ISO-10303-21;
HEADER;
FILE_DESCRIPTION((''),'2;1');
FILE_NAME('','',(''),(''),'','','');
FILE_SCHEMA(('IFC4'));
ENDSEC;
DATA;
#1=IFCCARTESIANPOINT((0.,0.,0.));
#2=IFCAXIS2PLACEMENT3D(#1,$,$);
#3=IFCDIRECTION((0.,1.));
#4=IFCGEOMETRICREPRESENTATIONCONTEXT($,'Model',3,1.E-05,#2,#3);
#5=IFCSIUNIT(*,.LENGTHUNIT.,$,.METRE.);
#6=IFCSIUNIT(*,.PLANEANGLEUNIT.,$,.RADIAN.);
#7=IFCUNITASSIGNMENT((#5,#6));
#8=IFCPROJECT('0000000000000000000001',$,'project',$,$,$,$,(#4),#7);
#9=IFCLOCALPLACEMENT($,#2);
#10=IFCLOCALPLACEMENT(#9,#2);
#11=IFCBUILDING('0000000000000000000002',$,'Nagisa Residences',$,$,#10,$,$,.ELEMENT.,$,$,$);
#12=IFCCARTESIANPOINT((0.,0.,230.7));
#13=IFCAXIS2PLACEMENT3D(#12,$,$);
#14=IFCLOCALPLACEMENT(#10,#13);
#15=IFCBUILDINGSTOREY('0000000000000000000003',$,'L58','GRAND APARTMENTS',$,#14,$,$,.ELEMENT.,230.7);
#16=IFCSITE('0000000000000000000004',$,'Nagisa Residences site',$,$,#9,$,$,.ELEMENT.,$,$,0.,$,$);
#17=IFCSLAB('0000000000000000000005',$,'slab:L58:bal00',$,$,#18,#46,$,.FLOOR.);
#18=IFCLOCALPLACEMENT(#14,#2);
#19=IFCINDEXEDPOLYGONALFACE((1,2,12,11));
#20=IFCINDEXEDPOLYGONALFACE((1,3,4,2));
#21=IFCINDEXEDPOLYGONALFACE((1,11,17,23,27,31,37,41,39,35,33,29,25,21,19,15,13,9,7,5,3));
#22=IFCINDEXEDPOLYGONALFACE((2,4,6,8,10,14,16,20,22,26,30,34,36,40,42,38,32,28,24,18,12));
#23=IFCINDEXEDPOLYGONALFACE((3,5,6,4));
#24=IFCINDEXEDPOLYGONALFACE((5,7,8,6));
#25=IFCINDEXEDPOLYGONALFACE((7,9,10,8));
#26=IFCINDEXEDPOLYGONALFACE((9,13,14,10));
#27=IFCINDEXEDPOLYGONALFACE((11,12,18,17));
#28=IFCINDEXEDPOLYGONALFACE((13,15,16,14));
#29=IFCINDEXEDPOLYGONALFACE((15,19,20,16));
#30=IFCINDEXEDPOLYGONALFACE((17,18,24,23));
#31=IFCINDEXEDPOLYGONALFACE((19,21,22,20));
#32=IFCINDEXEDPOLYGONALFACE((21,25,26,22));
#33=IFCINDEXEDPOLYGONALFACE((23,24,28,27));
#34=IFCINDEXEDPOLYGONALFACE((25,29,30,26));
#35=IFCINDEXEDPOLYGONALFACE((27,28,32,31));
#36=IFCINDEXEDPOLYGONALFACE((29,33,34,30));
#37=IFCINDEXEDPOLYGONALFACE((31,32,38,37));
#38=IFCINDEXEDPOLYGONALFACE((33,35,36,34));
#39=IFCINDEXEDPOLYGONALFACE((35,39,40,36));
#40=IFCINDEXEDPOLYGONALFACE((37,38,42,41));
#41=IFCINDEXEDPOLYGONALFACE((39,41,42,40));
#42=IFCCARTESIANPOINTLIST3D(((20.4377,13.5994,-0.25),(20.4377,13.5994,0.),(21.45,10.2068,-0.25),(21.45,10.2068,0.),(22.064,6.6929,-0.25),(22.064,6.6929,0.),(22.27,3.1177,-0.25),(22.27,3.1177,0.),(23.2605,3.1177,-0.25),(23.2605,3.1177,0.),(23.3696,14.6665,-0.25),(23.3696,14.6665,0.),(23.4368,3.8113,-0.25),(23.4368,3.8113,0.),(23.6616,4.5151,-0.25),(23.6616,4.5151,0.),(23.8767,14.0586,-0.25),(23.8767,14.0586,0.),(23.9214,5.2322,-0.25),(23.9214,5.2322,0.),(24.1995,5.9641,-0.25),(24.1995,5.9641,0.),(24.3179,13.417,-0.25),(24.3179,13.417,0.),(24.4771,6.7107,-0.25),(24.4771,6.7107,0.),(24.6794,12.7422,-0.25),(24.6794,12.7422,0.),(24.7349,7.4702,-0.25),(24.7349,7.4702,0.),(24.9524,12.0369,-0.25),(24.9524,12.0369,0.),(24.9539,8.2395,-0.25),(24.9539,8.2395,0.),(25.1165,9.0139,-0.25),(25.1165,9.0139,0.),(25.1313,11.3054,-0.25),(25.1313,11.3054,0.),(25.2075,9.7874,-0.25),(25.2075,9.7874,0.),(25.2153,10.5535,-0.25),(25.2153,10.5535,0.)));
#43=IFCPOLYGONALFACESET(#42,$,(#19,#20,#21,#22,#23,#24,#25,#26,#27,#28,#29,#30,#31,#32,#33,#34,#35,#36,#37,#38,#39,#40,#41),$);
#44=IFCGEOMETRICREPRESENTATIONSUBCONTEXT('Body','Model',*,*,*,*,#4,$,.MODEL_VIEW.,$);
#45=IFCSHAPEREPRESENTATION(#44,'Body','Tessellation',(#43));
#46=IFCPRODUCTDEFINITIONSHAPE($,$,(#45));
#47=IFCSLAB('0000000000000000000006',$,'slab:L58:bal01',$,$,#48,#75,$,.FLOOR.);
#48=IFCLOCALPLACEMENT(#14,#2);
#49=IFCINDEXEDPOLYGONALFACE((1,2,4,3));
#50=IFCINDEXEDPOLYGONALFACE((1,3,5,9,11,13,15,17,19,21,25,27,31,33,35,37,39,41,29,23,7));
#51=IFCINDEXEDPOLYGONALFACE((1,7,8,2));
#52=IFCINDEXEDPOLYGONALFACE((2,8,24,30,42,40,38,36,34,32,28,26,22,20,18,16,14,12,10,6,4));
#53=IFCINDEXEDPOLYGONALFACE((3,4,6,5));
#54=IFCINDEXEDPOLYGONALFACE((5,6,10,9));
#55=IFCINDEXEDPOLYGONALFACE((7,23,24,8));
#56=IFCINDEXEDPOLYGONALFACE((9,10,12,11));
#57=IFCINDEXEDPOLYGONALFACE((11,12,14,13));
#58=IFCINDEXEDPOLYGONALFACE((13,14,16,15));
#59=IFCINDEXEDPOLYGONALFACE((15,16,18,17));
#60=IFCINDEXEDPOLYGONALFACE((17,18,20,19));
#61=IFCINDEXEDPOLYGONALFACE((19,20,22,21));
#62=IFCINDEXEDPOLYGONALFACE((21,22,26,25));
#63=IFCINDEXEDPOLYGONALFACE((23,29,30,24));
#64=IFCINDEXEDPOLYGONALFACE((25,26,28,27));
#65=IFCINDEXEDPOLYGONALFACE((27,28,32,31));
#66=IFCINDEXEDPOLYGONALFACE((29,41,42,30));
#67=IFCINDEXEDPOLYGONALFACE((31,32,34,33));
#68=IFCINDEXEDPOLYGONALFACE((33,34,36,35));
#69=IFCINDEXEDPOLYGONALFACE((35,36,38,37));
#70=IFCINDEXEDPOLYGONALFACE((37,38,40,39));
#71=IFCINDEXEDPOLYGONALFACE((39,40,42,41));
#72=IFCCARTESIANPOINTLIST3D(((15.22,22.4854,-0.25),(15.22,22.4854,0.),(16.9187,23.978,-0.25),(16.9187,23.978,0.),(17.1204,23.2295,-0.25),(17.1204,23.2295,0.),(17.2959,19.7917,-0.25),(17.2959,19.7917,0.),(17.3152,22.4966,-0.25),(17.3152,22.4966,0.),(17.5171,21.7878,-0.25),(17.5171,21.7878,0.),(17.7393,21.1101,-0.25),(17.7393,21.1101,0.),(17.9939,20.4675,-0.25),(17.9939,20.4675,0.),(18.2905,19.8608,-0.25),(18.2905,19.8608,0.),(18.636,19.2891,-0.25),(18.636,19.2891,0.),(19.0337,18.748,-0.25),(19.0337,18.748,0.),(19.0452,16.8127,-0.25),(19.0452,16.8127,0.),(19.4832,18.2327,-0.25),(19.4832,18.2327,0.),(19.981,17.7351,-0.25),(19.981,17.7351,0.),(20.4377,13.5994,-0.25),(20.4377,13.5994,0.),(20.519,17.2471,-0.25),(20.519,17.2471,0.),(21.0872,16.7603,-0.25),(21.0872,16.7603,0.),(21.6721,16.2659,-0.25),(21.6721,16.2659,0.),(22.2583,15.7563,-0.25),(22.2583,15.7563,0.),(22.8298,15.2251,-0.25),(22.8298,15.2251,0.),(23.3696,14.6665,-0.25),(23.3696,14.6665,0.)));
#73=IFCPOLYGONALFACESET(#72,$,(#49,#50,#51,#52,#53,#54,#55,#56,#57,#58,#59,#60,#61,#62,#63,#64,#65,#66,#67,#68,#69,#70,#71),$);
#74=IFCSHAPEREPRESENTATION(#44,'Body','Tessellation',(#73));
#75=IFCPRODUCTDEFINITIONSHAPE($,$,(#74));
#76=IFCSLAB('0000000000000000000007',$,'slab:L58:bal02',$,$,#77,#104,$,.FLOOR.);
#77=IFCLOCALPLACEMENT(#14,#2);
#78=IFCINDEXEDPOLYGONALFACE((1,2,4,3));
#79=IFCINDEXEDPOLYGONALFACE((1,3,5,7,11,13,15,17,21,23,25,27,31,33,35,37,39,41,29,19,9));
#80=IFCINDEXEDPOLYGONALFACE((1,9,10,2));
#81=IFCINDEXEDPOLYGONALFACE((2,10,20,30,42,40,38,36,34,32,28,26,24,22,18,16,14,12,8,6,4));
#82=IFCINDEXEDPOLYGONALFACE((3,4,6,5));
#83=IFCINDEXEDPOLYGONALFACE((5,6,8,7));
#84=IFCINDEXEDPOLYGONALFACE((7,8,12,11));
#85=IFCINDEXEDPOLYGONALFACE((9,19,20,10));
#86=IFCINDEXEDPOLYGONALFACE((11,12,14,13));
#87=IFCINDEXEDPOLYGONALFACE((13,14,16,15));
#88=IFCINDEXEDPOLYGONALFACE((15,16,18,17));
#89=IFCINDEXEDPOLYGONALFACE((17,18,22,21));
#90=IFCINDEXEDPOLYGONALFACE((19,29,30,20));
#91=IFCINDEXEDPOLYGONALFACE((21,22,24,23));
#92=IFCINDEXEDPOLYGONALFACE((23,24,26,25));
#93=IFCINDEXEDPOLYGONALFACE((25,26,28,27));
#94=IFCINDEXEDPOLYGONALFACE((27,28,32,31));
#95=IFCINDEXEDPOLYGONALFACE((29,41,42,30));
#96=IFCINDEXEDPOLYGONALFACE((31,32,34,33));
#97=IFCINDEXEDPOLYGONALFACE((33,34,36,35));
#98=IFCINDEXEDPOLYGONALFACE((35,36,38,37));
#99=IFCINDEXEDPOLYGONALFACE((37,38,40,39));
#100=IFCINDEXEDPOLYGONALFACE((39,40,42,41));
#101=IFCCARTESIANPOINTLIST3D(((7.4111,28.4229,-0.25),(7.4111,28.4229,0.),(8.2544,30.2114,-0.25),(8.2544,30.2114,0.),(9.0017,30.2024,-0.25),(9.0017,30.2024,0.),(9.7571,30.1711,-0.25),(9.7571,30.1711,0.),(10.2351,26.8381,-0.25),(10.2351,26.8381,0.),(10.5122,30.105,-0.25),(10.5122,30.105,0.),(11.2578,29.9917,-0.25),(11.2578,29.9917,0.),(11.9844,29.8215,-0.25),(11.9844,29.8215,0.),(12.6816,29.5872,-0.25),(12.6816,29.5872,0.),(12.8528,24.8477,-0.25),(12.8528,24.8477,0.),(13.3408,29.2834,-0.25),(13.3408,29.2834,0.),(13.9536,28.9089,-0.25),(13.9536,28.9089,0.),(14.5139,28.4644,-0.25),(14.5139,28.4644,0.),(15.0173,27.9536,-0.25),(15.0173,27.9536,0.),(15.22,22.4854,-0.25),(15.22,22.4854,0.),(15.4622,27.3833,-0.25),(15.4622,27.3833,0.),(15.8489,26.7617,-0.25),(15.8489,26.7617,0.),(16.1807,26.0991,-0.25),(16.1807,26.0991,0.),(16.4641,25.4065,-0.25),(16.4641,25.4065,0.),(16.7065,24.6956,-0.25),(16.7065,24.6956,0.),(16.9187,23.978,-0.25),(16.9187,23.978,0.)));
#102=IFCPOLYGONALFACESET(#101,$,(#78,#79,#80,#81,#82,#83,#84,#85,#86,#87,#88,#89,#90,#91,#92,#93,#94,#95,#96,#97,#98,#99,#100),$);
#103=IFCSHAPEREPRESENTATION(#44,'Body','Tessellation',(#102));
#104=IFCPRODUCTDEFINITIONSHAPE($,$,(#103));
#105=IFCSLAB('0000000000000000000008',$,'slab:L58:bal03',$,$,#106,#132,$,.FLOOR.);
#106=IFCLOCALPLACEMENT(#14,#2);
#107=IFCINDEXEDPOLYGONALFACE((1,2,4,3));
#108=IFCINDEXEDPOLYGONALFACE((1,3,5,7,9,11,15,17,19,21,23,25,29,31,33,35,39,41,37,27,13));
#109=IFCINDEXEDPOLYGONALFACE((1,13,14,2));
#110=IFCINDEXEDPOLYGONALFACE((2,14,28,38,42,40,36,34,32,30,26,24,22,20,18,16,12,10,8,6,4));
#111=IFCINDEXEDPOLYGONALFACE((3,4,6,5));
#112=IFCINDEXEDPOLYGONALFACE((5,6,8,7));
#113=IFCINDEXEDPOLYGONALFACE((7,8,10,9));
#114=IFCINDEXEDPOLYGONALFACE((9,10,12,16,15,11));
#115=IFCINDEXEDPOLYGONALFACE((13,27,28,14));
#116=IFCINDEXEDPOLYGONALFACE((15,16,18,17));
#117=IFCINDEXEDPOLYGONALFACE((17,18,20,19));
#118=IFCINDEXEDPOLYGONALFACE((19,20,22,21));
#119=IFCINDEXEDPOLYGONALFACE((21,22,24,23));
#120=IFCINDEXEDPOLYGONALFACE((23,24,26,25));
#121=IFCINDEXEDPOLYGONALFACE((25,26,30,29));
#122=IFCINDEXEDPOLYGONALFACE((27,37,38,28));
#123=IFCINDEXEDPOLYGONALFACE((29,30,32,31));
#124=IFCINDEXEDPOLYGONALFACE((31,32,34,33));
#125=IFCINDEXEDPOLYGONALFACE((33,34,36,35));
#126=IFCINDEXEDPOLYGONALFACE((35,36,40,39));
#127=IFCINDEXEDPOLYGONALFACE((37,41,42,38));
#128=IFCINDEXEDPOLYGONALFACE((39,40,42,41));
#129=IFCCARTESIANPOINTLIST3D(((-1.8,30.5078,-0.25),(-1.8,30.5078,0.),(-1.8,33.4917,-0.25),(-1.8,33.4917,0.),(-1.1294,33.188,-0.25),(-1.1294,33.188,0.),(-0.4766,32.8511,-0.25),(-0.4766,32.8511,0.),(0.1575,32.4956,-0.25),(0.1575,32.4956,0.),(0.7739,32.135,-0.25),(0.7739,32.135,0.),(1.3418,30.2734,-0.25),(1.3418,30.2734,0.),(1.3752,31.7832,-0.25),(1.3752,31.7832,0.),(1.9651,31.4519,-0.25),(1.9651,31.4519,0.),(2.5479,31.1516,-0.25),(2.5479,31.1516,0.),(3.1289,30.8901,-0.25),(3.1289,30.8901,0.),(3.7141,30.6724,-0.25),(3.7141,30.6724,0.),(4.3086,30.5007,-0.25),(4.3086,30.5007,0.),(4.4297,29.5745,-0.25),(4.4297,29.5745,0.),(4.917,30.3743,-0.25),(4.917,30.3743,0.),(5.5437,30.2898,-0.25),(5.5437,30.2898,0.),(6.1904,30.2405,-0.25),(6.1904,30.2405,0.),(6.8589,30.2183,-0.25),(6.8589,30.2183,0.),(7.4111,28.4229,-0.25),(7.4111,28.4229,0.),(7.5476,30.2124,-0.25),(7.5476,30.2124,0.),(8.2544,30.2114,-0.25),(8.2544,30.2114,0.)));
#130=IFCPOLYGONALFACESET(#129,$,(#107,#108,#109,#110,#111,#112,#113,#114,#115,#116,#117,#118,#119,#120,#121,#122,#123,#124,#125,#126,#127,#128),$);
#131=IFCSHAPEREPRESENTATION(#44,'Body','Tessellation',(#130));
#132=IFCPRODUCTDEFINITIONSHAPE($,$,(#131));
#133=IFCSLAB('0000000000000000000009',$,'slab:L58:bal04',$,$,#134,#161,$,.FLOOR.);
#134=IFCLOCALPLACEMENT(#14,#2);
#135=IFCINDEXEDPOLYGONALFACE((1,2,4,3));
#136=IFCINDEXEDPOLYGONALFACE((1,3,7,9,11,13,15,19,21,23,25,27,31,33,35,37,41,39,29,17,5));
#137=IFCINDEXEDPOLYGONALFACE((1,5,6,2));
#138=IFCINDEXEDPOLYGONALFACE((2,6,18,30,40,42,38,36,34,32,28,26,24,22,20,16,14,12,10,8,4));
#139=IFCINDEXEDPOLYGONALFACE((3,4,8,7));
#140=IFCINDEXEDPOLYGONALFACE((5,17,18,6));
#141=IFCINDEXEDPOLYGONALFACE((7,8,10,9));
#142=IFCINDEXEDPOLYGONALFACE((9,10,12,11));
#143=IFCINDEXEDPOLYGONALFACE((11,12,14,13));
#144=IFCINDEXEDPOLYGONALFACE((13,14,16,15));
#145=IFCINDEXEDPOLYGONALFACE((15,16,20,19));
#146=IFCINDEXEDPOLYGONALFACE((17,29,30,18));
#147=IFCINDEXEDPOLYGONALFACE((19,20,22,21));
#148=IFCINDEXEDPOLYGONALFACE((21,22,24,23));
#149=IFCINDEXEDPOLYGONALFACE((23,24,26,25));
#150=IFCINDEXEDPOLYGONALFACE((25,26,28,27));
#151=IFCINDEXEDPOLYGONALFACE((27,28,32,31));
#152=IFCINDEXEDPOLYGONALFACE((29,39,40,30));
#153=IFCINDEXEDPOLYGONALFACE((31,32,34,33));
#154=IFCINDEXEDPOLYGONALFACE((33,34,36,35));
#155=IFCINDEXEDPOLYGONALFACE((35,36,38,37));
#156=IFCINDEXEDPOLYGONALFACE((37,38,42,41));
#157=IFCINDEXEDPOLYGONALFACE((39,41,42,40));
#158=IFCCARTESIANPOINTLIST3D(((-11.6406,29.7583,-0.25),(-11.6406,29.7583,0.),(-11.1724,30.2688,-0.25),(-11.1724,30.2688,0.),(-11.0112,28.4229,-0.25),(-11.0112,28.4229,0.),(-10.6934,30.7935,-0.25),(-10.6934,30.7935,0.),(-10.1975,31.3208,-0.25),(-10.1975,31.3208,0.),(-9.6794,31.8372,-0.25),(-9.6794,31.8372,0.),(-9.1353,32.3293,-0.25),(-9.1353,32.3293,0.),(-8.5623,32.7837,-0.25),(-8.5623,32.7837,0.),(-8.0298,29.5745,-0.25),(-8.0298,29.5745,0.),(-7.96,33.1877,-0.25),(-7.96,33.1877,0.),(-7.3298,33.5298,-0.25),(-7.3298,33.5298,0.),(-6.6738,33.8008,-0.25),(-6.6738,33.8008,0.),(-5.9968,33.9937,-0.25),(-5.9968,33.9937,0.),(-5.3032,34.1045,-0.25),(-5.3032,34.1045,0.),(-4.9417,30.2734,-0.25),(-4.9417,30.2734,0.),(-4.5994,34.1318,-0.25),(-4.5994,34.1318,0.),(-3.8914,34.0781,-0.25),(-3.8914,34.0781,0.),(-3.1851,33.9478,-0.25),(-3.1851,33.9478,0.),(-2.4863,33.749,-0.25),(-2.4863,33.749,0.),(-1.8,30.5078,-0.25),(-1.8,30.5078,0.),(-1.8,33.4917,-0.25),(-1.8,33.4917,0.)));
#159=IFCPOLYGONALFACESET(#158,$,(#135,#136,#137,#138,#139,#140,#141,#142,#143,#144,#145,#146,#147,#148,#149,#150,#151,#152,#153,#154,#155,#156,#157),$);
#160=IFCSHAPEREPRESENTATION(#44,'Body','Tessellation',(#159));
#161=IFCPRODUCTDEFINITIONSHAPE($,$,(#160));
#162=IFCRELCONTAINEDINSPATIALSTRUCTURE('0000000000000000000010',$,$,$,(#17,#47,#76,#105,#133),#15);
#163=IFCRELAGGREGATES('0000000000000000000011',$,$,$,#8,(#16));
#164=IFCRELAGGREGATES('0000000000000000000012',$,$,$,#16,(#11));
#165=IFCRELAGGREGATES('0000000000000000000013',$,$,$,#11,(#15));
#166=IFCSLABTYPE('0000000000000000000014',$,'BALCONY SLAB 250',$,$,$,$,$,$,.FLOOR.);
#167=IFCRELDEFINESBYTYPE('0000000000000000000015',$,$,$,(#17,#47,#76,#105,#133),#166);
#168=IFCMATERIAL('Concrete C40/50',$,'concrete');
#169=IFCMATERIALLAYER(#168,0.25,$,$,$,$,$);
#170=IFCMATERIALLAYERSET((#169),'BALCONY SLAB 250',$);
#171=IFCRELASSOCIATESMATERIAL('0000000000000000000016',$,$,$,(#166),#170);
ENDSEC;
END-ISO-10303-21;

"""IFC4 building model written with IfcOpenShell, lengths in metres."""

from ifc_helpers import new_model, si_unit, direction, frame, origin, place, context, subcontext, project, spatial, polyline, outline, extrude, material, layer, layer_set, type_object, element, save


model = new_model("IFC4")

# Units and contexts
model_context = context("Model", 3, precision=1e-05, world=origin(), true_north=direction((0.0, 1.0)))
body_context = subcontext(model_context, "Body", "Model", "MODEL_VIEW")
ifc_project = project(units=[si_unit("LENGTHUNIT", "METRE"), si_unit("PLANEANGLEUNIT", "RADIAN")], contexts=[model_context])

# Site, building, storey
site_placement = place(None, origin())
site = spatial("IfcSite", under=ifc_project, at=site_placement, Name="Nagisa Residences site", CompositionType="ELEMENT", RefElevation=0.0)
building_placement = place(site_placement, origin())
building = spatial("IfcBuilding", under=site, at=building_placement, Name="Nagisa Residences", CompositionType="ELEMENT")
storey_placement = place(building_placement, frame((0.0, 0.0, 230.7)))
storey = spatial("IfcBuildingStorey", under=building, at=storey_placement, Name="L58", Description="GRAND APARTMENTS", CompositionType="ELEMENT", Elevation=230.7)

# Slabs
ifc_material_1 = material(Name="Concrete C40/50", Category="concrete")
ifc_layer_1 = layer(ifc_material_1, 0.25)
ifc_layer_set_1 = layer_set([ifc_layer_1], Name="BALCONY SLAB 250")
slab_type_1 = type_object("IfcSlabType", Name="BALCONY SLAB 250", PredefinedType="FLOOR", material=ifc_layer_set_1)
slab_1_placement = place(storey_placement, frame((0.0, 0.0, -0.25)))
element("IfcSlab", 1, at=slab_1_placement, inside=storey, type_object=slab_type_1, Name="slab:L58:bal00", PredefinedType="FLOOR", context=body_context, shape_type="SweptSolid", body=[
    extrude(outline(polyline([(23.2605, 3.1177), (23.4368, 3.8113), (23.6616, 4.5151), (23.9214, 5.2322), (24.1995, 5.9641), (24.4771, 6.7107), (24.7349, 7.4702), (24.9539, 8.2395), (25.1165, 9.0139), (25.2075, 9.7874), (25.2153, 10.5535), (25.1313, 11.3054), (24.9524, 12.0369), (24.6794, 12.7422), (24.3179, 13.417), (23.8767, 14.0586), (23.3696, 14.6665), (20.4377, 13.5994), (21.45, 10.2068), (22.064, 6.6929), (22.27, 3.1177), (23.2605, 3.1177)])), origin(), (0.0, 0.0, 1.0), 0.25),
])
slab_2_placement = place(storey_placement, frame((0.0, 0.0, -0.25)))
element("IfcSlab", 2, at=slab_2_placement, inside=storey, type_object=slab_type_1, Name="slab:L58:bal01", PredefinedType="FLOOR", context=body_context, shape_type="SweptSolid", body=[
    extrude(outline(polyline([(23.3696, 14.6665), (22.8298, 15.2251), (22.2583, 15.7563), (21.6721, 16.2659), (21.0872, 16.7603), (20.519, 17.2471), (19.981, 17.7351), (19.4832, 18.2327), (19.0337, 18.748), (18.636, 19.2891), (18.2905, 19.8608), (17.9939, 20.4675), (17.7393, 21.1101), (17.5171, 21.7878), (17.3152, 22.4966), (17.1204, 23.2295), (16.9187, 23.978), (15.22, 22.4854), (17.2959, 19.7917), (19.0452, 16.8127), (20.4377, 13.5994), (23.3696, 14.6665)])), origin(), (0.0, 0.0, 1.0), 0.25),
])
slab_3_placement = place(storey_placement, frame((0.0, 0.0, -0.25)))
element("IfcSlab", 3, at=slab_3_placement, inside=storey, type_object=slab_type_1, Name="slab:L58:bal02", PredefinedType="FLOOR", context=body_context, shape_type="SweptSolid", body=[
    extrude(outline(polyline([(16.9187, 23.978), (16.7065, 24.6956), (16.4641, 25.4065), (16.1807, 26.0991), (15.8489, 26.7617), (15.4622, 27.3833), (15.0173, 27.9536), (14.5139, 28.4644), (13.9536, 28.9089), (13.3408, 29.2834), (12.6816, 29.5872), (11.9844, 29.8215), (11.2578, 29.9917), (10.5122, 30.105), (9.7571, 30.1711), (9.0017, 30.2024), (8.2544, 30.2114), (7.4111, 28.4229), (10.2351, 26.8381), (12.8528, 24.8477), (15.22, 22.4854), (16.9187, 23.978)])), origin(), (0.0, 0.0, 1.0), 0.25),
])
slab_4_placement = place(storey_placement, frame((0.0, 0.0, -0.25)))
element("IfcSlab", 4, at=slab_4_placement, inside=storey, type_object=slab_type_1, Name="slab:L58:bal03", PredefinedType="FLOOR", context=body_context, shape_type="SweptSolid", body=[
    extrude(outline(polyline([(8.2544, 30.2114), (7.5476, 30.2124), (6.8589, 30.2183), (6.1904, 30.2405), (5.5437, 30.2898), (4.917, 30.3743), (4.3086, 30.5007), (3.7141, 30.6724), (3.1289, 30.8901), (2.5479, 31.1516), (1.9651, 31.4519), (1.3752, 31.7832), (0.7739, 32.135), (0.1575, 32.4956), (-0.4766, 32.8511), (-1.1294, 33.188), (-1.8, 33.4917), (-1.8, 30.5078), (1.3418, 30.2734), (4.4297, 29.5745), (7.4111, 28.4229), (8.2544, 30.2114)])), origin(), (0.0, 0.0, 1.0), 0.25),
])
slab_5_placement = place(storey_placement, frame((0.0, 0.0, -0.25)))
element("IfcSlab", 5, at=slab_5_placement, inside=storey, type_object=slab_type_1, Name="slab:L58:bal04", PredefinedType="FLOOR", context=body_context, shape_type="SweptSolid", body=[
    extrude(outline(polyline([(-1.8, 33.4917), (-2.4863, 33.749), (-3.1851, 33.9478), (-3.8914, 34.0781), (-4.5994, 34.1318), (-5.3032, 34.1045), (-5.9968, 33.9937), (-6.6738, 33.8008), (-7.3298, 33.5298), (-7.96, 33.1877), (-8.5623, 32.7837), (-9.1353, 32.3293), (-9.6794, 31.8372), (-10.1975, 31.3208), (-10.6934, 30.7935), (-11.1724, 30.2688), (-11.6406, 29.7583), (-11.0112, 28.4229), (-8.0298, 29.5745), (-4.9417, 30.2734), (-1.8, 30.5078), (-1.8, 33.4917)])), origin(), (0.0, 0.0, 1.0), 0.25),
])

save(model, "model.ifc")
